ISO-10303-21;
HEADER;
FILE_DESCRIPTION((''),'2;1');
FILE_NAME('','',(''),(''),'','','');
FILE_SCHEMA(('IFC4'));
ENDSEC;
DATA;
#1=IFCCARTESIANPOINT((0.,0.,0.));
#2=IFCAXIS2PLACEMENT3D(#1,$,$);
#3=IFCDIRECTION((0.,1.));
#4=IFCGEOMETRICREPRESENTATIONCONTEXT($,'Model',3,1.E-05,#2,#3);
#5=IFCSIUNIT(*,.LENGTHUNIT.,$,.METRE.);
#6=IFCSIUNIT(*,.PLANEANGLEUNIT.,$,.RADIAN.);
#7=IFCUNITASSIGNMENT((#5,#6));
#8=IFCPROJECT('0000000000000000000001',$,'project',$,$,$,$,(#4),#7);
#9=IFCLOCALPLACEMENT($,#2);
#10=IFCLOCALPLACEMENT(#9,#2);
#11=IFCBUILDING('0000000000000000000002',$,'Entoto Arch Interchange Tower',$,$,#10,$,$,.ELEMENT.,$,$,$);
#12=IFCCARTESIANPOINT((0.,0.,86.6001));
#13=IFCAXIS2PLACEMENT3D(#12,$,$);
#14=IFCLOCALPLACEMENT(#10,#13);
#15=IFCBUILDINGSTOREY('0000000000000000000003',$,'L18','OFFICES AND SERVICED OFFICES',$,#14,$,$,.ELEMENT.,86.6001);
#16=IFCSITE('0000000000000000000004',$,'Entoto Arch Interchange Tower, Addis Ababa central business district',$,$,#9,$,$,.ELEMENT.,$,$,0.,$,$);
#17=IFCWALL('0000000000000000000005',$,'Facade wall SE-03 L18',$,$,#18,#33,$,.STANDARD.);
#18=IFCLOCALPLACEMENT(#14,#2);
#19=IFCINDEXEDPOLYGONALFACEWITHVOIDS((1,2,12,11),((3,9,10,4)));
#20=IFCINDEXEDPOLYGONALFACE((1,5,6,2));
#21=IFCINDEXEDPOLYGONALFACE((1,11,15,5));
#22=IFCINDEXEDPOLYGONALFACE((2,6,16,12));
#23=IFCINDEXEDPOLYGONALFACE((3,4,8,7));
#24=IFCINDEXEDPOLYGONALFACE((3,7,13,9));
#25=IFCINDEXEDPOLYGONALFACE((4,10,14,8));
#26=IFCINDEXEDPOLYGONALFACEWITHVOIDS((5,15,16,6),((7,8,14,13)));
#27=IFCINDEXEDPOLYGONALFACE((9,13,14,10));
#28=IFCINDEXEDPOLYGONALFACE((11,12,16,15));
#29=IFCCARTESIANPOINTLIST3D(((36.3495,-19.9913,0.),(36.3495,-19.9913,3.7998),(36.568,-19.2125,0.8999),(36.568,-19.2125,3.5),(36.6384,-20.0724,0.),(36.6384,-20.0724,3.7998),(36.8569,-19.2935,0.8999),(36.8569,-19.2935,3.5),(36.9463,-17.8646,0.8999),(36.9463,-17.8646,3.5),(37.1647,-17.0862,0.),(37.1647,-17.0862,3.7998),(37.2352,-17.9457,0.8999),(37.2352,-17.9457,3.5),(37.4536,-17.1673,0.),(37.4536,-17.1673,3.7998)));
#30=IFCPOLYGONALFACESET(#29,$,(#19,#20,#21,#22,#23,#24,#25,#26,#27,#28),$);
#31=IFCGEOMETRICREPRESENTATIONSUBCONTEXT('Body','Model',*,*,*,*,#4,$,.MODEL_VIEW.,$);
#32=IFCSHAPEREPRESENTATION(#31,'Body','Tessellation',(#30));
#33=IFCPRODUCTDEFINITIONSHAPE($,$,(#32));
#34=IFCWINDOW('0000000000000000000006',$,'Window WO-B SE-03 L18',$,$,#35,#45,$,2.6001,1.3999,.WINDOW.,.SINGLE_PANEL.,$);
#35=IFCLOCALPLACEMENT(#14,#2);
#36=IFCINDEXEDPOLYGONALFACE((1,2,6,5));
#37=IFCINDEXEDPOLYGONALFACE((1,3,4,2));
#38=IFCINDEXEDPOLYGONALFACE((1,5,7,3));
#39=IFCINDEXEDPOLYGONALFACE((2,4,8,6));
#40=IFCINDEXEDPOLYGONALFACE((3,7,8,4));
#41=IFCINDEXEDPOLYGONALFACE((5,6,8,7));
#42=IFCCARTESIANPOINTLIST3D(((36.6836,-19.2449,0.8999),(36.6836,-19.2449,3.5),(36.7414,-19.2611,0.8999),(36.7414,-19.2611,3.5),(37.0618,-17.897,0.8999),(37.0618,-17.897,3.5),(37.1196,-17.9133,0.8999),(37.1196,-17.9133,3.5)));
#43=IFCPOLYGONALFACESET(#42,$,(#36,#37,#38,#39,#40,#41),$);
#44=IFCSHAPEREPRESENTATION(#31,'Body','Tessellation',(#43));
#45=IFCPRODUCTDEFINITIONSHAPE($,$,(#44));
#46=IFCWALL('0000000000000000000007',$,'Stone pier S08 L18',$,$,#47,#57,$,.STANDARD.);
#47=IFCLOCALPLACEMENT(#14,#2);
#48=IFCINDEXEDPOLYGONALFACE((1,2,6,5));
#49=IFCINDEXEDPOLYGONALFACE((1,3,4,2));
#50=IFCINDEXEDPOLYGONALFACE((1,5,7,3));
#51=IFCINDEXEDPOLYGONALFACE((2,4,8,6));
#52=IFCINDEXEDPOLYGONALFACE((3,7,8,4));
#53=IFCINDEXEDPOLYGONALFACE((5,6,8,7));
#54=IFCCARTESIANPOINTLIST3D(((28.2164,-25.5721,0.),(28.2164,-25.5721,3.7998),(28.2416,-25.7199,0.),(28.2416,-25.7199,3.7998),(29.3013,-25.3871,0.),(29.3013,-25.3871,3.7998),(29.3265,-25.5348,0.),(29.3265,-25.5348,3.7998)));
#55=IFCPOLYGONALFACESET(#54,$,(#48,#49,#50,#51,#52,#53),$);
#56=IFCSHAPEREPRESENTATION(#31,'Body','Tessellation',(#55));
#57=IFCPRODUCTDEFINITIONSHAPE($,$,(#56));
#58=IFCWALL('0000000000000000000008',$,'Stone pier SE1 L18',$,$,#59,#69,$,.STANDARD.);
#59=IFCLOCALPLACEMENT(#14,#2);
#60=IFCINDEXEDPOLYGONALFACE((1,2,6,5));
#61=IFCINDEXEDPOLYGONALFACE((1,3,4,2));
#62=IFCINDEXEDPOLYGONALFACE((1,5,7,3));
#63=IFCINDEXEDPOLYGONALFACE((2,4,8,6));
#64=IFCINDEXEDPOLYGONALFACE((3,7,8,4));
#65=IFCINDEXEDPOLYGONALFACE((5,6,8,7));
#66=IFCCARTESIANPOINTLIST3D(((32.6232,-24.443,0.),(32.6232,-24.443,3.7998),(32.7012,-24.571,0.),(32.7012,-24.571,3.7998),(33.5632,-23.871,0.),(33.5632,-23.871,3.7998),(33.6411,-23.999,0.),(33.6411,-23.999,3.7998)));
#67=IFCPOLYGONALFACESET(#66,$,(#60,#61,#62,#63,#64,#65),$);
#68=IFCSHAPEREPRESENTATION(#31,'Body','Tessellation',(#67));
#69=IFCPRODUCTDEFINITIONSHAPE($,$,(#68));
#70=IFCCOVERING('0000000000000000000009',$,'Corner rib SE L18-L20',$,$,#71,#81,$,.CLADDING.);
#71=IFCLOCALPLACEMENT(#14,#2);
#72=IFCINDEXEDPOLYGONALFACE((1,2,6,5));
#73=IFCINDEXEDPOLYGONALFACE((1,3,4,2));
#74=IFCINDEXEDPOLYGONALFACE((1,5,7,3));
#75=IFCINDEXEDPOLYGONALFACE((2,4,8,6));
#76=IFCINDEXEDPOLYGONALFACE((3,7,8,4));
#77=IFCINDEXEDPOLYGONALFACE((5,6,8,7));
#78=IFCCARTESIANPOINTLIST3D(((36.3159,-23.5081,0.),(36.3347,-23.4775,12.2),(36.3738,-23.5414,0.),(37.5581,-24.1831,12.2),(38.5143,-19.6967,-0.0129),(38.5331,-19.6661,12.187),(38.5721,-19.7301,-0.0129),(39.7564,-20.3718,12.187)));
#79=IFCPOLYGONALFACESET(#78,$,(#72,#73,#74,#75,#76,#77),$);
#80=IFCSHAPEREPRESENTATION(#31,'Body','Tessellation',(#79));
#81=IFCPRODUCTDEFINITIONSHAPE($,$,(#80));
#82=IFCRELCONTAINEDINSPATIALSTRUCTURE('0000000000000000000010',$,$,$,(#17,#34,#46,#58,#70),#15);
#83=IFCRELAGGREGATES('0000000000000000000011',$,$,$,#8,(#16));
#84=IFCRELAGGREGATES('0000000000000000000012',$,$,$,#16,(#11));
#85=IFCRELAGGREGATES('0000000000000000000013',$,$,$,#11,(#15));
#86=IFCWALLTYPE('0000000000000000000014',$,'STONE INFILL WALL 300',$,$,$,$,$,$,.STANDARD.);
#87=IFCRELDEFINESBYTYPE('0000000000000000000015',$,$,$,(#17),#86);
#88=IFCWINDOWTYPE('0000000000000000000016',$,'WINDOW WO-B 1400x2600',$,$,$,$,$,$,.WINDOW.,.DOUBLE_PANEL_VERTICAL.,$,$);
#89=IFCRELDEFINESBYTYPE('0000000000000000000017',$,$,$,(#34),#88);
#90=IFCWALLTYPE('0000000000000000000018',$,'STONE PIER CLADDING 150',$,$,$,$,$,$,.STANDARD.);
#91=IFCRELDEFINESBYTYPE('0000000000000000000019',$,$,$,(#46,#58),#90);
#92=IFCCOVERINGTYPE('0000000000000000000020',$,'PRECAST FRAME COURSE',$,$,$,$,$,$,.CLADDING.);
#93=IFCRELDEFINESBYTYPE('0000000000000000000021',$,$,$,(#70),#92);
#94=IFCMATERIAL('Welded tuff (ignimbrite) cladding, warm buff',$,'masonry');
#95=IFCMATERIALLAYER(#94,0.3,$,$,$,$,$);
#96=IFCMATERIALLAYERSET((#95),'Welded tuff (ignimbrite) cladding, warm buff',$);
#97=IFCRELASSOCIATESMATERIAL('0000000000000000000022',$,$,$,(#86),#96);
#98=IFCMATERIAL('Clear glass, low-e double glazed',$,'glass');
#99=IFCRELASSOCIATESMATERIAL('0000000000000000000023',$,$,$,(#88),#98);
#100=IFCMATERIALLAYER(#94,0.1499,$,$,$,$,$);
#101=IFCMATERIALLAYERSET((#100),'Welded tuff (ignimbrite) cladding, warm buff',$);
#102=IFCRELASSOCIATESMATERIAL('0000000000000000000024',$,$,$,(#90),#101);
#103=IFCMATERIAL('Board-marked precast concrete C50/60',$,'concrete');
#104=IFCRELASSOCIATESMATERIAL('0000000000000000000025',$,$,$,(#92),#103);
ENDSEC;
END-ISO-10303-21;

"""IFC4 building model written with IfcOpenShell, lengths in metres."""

from ifc_helpers import new_model, si_unit, direction, frame, frame_2d, origin, place, context, subcontext, project, spatial, polyline, rectangle, outline, extrude, material, layer, layer_set, type_object, element, fill, save


model = new_model("IFC4")

# Units and contexts
model_context = context("Model", 3, precision=1e-05, world=origin(), true_north=direction((0.0, 1.0)))
body_context = subcontext(model_context, "Body", "Model", "MODEL_VIEW")
ifc_project = project(units=[si_unit("LENGTHUNIT", "METRE"), si_unit("PLANEANGLEUNIT", "RADIAN")], contexts=[model_context])

# Site, building, storey
site_placement = place(None, origin())
site = spatial("IfcSite", under=ifc_project, at=site_placement, Name="Entoto Arch Interchange Tower, Addis Ababa central business district", CompositionType="ELEMENT", RefElevation=0.0)
building_placement = place(site_placement, origin())
building = spatial("IfcBuilding", under=site, at=building_placement, Name="Entoto Arch Interchange Tower", CompositionType="ELEMENT")
storey_placement = place(building_placement, frame((0.0, 0.0, 86.6001)))
storey = spatial("IfcBuildingStorey", under=building, at=storey_placement, Name="L18", Description="OFFICES AND SERVICED OFFICES", CompositionType="ELEMENT", Elevation=86.6001)

# Wall, opening, window
ifc_material_1 = material(Name="Welded tuff (ignimbrite) cladding, warm buff", Category="masonry")
ifc_layer_1 = layer(ifc_material_1, 0.3)
ifc_layer_set_1 = layer_set([ifc_layer_1], Name="Welded tuff (ignimbrite) cladding, warm buff")
wall_type_1 = type_object("IfcWallType", Name="STONE INFILL WALL 300", PredefinedType="STANDARD", material=ifc_layer_set_1)
ifc_material_2 = material(Name="Clear glass, low-e double glazed", Category="glass")
window_type = type_object("IfcWindowType", Name="WINDOW WO-B 1400x2600", PartitioningType="DOUBLE_PANEL_VERTICAL", PredefinedType="WINDOW", material=ifc_material_2)
wall_1_placement = place(storey_placement, frame((36.4939, -20.032, 0.0), z_axis=(0.0, 0.0, 1.0), x_axis=(0.270176, 0.962811, 0.0)))
wall_1 = element("IfcWall", 1, at=wall_1_placement, inside=storey, type_object=wall_type_1, Name="Facade wall SE-03 L18", PredefinedType="STANDARD", context=body_context, shape_type="SweptSolid", body=[
    extrude(rectangle(XDim=3.0173, YDim=0.3, at=frame_2d((1.5088, 0.0))), origin(), (0.0, 0.0, 1.0), 3.7998),
])
opening_1_placement = place(wall_1_placement, frame((0.8091, 0.0, 0.8999)))
opening_1 = element("IfcOpeningElement", 2, at=opening_1_placement, cuts=wall_1, PredefinedType="OPENING", context=body_context, shape_type="SweptSolid", body=[
    extrude(rectangle(XDim=1.3999, YDim=2.6001, at=frame_2d((0.7, 1.3))), frame((0.0, 0.1602, 0.0), z_axis=(0.0, -1.0, 0.0), x_axis=(1.0, 0.0, 0.0)), (0.0, 0.0, 1.0), 0.3201),
])
window_1_placement = place(opening_1_placement, origin())
window_1 = element("IfcWindow", 3, at=window_1_placement, inside=storey, type_object=window_type, Name="Window WO-B SE-03 L18", OverallHeight=2.6001, OverallWidth=1.3999, PartitioningType="SINGLE_PANEL", PredefinedType="WINDOW", context=body_context, shape_type="SweptSolid", body=[
    extrude(rectangle(XDim=1.3999, YDim=2.6001, at=frame_2d((0.7, 1.3))), frame((0.0, 0.03, 0.0), z_axis=(0.0, -1.0, 0.0), x_axis=(1.0, 0.0, 0.0)), (0.0, 0.0, 1.0), 0.0601),
])
fill(opening_1, window_1)

# Walls
ifc_layer_2 = layer(ifc_material_1, 0.1499)
ifc_layer_set_2 = layer_set([ifc_layer_2], Name="Welded tuff (ignimbrite) cladding, warm buff")
wall_type_2 = type_object("IfcWallType", Name="STONE PIER CLADDING 150", PredefinedType="STANDARD", material=ifc_layer_set_2)
wall_2_placement = place(storey_placement, frame((28.229, -25.646, 0.0), z_axis=(0.0, 0.0, 1.0), x_axis=(0.985763, 0.168139, 0.0)))
element("IfcWall", 4, at=wall_2_placement, inside=storey, type_object=wall_type_2, Name="Stone pier S08 L18", PredefinedType="STANDARD", context=body_context, shape_type="SweptSolid", body=[
    extrude(rectangle(XDim=1.1006, YDim=0.1499, at=frame_2d((0.5503, 0.0))), origin(), (0.0, 0.0, 1.0), 3.7998),
])
wall_3_placement = place(storey_placement, frame((32.6621, -24.5071, 0.0), z_axis=(0.0, 0.0, 1.0), x_axis=(0.854246, 0.51987, 0.0)))
element("IfcWall", 5, at=wall_3_placement, inside=storey, type_object=wall_type_2, Name="Stone pier SE1 L18", PredefinedType="STANDARD", context=body_context, shape_type="SweptSolid", body=[
    extrude(rectangle(XDim=1.1003, YDim=0.1499, at=frame_2d((0.5503, 0.0))), origin(), (0.0, 0.0, 1.0), 3.7998),
])

# Covering
ifc_material_3 = material(Name="Board-marked precast concrete C50/60", Category="concrete")
covering_type = type_object("IfcCoveringType", Name="PRECAST FRAME COURSE", PredefinedType="CLADDING", material=ifc_material_3)
covering_1_placement = place(storey_placement, frame((36.3159, -23.5081, 0.0), z_axis=(-0.499635, -0.866231, 0.002942), x_axis=(0.866235, -0.499637, 0.000021)))
element("IfcCovering", 6, at=covering_1_placement, inside=storey, type_object=covering_type, Name="Corner rib SE L18-L20", PredefinedType="CLADDING", context=body_context, shape_type="SweptSolid", body=[
    extrude(outline(polyline([(0.0, 0.0), (0.0668, 0.0), (1.4136, 12.2), (0.0013, 12.2), (0.0, 0.0)])), origin(), (0.0, 0.0, -1.0), 4.3999),
])

save(model, "model.ifc")
